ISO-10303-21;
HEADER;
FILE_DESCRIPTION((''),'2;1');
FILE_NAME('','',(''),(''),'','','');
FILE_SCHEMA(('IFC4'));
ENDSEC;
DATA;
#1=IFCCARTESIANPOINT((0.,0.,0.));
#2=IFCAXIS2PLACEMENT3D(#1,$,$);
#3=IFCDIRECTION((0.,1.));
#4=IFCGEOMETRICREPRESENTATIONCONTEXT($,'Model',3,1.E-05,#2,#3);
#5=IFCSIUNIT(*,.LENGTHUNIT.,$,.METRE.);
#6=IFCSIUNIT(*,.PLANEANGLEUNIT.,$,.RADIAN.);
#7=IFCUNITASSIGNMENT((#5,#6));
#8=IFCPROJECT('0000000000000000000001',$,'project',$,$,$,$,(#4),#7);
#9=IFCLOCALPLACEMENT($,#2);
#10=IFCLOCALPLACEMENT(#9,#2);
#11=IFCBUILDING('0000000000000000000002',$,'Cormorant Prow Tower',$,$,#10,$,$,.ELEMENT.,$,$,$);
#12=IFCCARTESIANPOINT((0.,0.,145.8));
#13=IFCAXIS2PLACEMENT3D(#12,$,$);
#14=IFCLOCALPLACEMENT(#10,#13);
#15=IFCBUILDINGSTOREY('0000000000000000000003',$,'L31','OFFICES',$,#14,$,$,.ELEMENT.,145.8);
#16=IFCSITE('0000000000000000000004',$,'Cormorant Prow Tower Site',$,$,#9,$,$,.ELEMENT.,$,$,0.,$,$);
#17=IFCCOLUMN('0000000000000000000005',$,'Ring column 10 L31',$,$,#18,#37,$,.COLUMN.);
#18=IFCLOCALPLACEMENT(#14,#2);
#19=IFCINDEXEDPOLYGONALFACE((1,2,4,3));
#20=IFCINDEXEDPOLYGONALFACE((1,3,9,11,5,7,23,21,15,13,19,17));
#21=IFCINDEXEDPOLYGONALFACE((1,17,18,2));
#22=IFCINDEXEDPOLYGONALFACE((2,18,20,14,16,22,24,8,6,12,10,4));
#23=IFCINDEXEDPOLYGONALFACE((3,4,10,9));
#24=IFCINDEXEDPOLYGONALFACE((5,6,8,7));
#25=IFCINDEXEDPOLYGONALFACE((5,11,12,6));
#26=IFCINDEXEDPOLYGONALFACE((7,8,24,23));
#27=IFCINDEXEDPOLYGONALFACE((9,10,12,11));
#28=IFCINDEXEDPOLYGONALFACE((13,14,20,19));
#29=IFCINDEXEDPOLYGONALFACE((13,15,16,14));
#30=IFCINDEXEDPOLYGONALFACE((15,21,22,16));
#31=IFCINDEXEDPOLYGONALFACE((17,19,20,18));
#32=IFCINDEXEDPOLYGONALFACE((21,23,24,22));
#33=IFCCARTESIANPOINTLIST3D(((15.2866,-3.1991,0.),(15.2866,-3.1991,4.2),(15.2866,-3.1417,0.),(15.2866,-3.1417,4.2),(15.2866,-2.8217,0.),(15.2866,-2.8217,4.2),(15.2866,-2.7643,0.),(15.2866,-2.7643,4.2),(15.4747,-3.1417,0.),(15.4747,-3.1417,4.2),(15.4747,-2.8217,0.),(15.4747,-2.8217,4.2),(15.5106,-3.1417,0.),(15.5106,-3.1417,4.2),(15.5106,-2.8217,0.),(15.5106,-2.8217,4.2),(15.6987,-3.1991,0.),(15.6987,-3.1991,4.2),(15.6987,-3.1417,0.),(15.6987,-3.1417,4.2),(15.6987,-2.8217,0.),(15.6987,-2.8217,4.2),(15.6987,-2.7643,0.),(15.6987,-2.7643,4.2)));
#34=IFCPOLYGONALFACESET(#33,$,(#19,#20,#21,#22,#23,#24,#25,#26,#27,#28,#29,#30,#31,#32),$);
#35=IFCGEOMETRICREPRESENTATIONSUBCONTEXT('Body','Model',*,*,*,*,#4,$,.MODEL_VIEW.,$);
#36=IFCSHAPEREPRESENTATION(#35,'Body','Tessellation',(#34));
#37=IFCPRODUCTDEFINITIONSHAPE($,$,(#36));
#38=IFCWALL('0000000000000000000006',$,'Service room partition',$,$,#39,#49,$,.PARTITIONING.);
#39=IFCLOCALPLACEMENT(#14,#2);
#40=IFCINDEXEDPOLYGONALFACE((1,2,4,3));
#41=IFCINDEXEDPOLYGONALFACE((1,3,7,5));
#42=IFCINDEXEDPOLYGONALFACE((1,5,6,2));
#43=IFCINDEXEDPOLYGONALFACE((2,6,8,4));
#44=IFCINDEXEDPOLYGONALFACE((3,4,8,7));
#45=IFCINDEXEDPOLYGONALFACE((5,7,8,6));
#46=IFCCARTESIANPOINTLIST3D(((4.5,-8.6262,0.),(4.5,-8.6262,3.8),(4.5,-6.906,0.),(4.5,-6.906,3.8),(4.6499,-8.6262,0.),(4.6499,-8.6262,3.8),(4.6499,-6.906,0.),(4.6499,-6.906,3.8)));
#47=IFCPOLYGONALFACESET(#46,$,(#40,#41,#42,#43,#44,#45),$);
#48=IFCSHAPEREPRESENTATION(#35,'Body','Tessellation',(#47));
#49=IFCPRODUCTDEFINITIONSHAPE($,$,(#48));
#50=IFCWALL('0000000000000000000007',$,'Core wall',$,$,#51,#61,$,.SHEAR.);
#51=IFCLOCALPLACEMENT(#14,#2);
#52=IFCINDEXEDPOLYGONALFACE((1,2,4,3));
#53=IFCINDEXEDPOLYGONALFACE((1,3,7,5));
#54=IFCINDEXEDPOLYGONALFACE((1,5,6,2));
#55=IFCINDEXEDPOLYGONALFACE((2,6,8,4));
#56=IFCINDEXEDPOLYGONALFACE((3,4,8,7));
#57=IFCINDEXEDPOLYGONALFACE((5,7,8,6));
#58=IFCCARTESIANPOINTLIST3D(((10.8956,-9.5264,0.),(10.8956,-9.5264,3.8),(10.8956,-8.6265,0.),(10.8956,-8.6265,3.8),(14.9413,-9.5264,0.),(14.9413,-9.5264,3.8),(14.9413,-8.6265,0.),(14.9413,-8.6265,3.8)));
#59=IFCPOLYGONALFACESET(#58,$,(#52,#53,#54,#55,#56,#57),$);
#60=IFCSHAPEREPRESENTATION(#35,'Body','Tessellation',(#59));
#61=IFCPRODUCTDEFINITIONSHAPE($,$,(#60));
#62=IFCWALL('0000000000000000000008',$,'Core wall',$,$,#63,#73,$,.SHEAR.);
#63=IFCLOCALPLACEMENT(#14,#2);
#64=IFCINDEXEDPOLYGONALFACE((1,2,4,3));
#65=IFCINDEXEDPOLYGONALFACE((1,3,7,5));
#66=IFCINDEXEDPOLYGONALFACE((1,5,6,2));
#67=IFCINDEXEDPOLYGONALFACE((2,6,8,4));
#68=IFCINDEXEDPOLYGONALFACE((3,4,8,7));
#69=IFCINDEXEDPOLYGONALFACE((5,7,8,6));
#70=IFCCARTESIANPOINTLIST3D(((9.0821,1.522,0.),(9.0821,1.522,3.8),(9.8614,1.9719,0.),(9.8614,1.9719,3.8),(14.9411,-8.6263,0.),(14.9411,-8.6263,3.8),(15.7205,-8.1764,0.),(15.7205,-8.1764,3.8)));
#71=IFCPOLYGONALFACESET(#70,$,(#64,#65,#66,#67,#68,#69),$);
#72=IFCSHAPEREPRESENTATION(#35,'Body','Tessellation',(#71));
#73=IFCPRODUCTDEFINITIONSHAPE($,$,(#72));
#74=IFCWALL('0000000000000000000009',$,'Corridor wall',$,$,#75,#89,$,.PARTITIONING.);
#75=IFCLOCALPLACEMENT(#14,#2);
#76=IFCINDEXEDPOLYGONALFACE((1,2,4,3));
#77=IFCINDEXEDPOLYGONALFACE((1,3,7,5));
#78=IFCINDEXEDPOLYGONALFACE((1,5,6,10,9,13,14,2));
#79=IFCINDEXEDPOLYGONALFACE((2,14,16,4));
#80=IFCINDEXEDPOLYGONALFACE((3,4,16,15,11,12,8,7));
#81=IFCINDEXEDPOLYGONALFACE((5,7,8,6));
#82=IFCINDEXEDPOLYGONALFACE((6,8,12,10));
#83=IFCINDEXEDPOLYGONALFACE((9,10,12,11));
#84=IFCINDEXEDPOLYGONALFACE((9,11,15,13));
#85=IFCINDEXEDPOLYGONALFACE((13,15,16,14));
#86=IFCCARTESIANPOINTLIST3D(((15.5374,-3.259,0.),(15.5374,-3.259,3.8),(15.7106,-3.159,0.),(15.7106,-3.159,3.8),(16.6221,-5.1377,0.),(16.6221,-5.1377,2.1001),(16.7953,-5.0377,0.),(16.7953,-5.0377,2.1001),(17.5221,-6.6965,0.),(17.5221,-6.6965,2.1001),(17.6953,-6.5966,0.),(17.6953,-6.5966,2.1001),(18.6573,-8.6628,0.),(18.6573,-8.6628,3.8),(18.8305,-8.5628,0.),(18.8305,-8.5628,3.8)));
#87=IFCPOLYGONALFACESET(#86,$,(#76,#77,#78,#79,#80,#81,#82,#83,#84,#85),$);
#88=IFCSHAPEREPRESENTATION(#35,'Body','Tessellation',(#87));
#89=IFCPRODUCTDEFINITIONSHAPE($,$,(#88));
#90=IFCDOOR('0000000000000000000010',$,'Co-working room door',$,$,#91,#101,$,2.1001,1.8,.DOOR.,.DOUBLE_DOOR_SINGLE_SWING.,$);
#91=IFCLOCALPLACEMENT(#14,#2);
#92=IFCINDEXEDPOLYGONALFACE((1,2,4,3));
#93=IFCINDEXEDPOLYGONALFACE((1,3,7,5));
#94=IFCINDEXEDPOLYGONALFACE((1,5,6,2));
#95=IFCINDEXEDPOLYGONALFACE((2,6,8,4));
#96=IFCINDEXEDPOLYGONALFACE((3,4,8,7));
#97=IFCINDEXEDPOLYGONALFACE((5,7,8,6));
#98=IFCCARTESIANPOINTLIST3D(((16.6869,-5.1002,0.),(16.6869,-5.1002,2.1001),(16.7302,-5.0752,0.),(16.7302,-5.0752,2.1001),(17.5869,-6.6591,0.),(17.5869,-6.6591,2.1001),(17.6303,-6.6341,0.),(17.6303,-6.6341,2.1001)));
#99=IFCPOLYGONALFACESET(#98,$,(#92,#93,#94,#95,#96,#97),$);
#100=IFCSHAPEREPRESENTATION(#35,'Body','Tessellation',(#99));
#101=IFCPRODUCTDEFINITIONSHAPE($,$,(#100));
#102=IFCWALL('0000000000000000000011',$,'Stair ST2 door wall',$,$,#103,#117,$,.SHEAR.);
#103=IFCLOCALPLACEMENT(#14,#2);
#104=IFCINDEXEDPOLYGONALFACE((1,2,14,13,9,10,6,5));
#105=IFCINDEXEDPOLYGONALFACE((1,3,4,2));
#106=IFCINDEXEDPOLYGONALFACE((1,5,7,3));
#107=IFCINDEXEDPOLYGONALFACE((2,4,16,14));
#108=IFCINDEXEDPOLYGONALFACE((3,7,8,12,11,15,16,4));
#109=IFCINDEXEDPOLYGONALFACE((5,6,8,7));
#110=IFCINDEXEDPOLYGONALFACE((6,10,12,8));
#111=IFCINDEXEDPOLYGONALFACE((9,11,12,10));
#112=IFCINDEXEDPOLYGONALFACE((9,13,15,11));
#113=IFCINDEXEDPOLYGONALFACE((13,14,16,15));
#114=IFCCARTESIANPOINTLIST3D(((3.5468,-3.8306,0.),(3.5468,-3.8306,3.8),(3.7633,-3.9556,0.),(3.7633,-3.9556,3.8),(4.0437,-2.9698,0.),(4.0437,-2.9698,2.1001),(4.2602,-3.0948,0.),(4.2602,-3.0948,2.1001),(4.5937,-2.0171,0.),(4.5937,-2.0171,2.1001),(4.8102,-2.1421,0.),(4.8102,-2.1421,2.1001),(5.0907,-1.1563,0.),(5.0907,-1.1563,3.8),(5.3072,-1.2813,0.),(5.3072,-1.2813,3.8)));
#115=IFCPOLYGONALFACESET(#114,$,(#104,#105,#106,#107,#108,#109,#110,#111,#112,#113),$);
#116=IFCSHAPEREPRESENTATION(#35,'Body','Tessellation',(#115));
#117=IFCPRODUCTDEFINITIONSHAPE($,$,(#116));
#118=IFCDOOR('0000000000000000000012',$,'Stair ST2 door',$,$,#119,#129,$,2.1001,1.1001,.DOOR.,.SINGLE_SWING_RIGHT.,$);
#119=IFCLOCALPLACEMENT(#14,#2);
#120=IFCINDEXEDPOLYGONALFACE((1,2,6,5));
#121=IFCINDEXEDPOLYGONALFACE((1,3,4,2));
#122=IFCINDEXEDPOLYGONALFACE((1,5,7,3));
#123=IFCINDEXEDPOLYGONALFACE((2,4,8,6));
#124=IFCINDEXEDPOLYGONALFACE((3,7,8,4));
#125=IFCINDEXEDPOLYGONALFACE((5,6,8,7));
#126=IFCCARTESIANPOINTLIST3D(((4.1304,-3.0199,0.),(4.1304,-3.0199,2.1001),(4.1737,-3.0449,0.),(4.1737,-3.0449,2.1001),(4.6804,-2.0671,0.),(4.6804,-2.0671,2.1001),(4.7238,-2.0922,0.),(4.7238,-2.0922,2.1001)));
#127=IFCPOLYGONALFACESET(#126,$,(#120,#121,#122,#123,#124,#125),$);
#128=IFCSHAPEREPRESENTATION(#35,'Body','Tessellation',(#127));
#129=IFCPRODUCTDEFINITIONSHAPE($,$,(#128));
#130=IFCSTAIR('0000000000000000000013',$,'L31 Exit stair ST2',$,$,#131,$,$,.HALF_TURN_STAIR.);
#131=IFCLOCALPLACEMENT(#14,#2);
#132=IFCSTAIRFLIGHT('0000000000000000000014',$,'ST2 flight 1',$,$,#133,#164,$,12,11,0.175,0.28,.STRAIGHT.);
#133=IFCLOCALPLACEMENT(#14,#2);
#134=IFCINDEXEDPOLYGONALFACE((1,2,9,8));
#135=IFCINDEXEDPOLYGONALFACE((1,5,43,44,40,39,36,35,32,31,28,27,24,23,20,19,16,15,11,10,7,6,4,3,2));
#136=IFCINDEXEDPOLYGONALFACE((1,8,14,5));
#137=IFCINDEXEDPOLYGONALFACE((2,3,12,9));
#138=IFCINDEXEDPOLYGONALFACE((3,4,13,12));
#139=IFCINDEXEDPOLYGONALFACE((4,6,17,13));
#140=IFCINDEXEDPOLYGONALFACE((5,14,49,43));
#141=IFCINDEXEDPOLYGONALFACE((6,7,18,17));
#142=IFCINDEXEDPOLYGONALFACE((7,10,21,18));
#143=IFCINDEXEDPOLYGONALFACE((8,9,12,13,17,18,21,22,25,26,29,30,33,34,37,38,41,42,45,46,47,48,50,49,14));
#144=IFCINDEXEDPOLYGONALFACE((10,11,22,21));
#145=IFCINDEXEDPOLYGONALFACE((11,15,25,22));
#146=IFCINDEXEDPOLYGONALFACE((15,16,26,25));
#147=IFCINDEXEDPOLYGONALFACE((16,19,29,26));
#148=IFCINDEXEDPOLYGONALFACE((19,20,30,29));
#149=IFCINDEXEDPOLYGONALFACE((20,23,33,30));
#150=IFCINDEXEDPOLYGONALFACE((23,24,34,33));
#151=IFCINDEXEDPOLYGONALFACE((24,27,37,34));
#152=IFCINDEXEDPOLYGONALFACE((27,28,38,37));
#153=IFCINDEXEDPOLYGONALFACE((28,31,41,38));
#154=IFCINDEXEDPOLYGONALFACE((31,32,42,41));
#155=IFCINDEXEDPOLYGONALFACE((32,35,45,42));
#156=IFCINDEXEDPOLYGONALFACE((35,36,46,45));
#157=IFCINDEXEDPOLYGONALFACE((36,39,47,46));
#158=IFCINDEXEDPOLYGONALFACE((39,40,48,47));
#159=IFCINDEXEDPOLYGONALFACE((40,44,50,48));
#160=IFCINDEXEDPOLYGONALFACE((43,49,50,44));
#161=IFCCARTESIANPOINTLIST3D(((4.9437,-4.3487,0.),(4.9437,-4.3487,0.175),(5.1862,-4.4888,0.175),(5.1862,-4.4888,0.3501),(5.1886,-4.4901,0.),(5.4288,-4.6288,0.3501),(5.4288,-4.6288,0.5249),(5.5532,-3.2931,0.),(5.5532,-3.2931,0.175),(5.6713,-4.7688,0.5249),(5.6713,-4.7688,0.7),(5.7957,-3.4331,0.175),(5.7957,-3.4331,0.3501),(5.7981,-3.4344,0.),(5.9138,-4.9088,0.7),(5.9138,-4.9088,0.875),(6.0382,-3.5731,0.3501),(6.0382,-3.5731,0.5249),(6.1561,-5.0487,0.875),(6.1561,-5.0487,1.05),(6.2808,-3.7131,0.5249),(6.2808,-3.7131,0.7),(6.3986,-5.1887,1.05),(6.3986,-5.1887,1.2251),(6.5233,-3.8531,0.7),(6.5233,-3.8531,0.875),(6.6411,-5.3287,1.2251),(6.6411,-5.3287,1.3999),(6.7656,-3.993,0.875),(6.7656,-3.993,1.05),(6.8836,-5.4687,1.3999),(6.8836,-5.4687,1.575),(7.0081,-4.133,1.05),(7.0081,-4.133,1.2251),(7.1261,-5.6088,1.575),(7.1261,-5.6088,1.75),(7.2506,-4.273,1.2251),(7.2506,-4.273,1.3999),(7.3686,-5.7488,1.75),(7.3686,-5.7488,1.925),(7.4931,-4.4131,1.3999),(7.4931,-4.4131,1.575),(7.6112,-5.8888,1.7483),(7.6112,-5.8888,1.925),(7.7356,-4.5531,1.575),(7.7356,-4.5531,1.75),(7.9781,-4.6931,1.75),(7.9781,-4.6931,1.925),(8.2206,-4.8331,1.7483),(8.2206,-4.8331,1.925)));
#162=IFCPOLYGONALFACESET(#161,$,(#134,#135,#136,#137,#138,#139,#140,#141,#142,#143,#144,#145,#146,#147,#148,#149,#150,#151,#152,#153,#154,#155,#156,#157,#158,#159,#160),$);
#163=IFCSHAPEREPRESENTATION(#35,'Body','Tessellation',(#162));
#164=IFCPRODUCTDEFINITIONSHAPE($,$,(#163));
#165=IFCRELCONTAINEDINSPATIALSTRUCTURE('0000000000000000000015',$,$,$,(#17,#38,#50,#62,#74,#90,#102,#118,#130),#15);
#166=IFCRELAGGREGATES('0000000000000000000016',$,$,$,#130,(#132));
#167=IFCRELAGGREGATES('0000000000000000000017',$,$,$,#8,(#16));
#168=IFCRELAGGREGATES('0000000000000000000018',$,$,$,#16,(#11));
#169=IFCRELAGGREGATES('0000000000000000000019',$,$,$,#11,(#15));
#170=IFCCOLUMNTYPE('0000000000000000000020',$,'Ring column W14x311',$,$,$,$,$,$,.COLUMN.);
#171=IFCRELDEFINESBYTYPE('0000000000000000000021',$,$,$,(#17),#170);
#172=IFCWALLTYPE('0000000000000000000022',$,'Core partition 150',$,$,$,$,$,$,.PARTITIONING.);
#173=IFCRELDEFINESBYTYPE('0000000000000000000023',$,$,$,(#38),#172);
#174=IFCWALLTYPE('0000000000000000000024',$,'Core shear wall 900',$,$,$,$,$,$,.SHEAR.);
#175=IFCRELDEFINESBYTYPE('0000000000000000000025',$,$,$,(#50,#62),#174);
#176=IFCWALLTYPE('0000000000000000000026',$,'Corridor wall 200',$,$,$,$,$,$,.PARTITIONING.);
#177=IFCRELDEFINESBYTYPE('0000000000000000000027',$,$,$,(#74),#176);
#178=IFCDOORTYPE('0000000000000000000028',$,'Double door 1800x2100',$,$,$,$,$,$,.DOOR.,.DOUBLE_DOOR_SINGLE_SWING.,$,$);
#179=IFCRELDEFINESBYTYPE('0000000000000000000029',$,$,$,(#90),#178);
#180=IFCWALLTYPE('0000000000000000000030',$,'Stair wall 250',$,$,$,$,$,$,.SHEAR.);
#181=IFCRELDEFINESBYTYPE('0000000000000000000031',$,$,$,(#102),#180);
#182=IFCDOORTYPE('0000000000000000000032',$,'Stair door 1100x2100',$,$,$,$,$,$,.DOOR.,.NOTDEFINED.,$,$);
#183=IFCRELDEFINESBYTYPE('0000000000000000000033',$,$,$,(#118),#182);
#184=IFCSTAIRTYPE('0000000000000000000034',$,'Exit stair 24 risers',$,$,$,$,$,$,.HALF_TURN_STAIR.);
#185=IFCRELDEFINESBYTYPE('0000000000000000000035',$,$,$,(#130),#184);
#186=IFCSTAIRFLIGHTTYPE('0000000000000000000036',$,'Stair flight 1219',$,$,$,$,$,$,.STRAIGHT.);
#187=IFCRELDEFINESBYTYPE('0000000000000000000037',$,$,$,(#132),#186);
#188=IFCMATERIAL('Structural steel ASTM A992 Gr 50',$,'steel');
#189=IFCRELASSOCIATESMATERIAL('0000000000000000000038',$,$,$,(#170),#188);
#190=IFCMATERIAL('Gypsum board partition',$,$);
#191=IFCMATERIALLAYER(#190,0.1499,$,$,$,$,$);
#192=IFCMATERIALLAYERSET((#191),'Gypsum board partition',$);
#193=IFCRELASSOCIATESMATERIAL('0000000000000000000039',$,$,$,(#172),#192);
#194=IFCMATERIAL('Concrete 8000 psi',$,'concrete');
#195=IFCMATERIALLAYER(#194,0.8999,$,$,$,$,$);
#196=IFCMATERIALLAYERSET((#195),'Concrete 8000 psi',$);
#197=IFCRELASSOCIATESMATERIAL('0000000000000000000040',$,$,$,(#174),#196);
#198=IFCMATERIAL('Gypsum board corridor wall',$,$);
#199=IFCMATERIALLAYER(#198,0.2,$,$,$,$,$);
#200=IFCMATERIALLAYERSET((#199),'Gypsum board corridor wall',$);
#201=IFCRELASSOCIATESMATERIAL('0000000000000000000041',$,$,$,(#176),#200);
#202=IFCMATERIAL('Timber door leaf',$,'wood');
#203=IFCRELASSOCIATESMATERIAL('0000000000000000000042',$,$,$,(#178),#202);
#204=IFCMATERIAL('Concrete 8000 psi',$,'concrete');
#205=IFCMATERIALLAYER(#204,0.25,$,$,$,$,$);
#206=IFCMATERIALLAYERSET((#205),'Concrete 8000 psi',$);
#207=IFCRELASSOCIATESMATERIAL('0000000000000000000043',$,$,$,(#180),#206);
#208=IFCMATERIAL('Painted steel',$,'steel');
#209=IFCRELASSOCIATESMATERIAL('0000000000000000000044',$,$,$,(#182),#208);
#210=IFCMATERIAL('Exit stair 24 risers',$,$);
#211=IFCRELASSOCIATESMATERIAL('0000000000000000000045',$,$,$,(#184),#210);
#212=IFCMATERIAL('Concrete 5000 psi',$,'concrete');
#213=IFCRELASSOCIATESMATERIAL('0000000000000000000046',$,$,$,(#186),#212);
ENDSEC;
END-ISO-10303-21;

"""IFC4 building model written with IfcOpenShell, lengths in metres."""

from ifc_helpers import new_model, si_unit, direction, frame, frame_2d, origin, origin_2d, place, context, subcontext, project, spatial, polyline, rectangle, i_section, outline, extrude, material, layer, layer_set, material_profile, profile_set, type_object, element, fill, aggregate, save


model = new_model("IFC4")

# Units and contexts
model_context = context("Model", 3, precision=1e-05, world=origin(), true_north=direction((0.0, 1.0)))
body_context = subcontext(model_context, "Body", "Model", "MODEL_VIEW")
ifc_project = project(units=[si_unit("LENGTHUNIT", "METRE"), si_unit("PLANEANGLEUNIT", "RADIAN")], contexts=[model_context])

# Site, building, storey
site_placement = place(None, origin())
site = spatial("IfcSite", under=ifc_project, at=site_placement, Name="Cormorant Prow Tower Site", CompositionType="ELEMENT", RefElevation=0.0)
building_placement = place(site_placement, origin())
building = spatial("IfcBuilding", under=site, at=building_placement, Name="Cormorant Prow Tower", CompositionType="ELEMENT")
storey_placement = place(building_placement, frame((0.0, 0.0, 145.8)))
storey = spatial("IfcBuildingStorey", under=building, at=storey_placement, Name="L31", Description="OFFICES", CompositionType="ELEMENT", Elevation=145.8)

# Column
ifc_material_1 = material(Name="Structural steel ASTM A992 Gr 50", Category="steel")
ifc_material_profile = material_profile(ifc_material_1, i_section(OverallWidth=0.4121, OverallDepth=0.4348, WebThickness=0.0359, FlangeThickness=0.0574, at=origin_2d()), Name="W14x311")
ifc_profile_set = profile_set([ifc_material_profile], Name="Structural steel ASTM A992 Gr 50")
column_type = type_object("IfcColumnType", Name="Ring column W14x311", PredefinedType="COLUMN", material=ifc_profile_set)
column_placement = place(storey_placement, frame((15.4927, -2.9817, 0.0), z_axis=(0.0, 0.0, 1.0), x_axis=(1.0, 0.0, 0.0)))
element("IfcColumn", 1, at=column_placement, inside=storey, type_object=column_type, Name="Ring column 10 L31", PredefinedType="COLUMN", context=body_context, shape_type="SweptSolid", body=[
    extrude(i_section(OverallWidth=0.4121, OverallDepth=0.4348, WebThickness=0.0359, FlangeThickness=0.0574, at=origin_2d()), origin(), (0.0, 0.0, 1.0), 4.2),
])

# Walls
ifc_material_2 = material(Name="Gypsum board partition")
ifc_layer_1 = layer(ifc_material_2, 0.1499)
ifc_layer_set_1 = layer_set([ifc_layer_1], Name="Gypsum board partition")
wall_type_1 = type_object("IfcWallType", Name="Core partition 150", PredefinedType="PARTITIONING", material=ifc_layer_set_1)
wall_1_placement = place(storey_placement, frame((4.575, -6.906, 0.0), z_axis=(0.0, 0.0, 1.0), x_axis=(0.0, -1.0, 0.0)))
element("IfcWall", 2, at=wall_1_placement, inside=storey, type_object=wall_type_1, Name="Service room partition", PredefinedType="PARTITIONING", context=body_context, shape_type="SweptSolid", body=[
    extrude(rectangle(XDim=1.7202, YDim=0.1499, at=frame_2d((0.8601, 0.0))), origin(), (0.0, 0.0, 1.0), 3.8),
])
ifc_material_3 = material(Name="Concrete 8000 psi", Category="concrete")
ifc_layer_2 = layer(ifc_material_3, 0.8999)
ifc_layer_set_2 = layer_set([ifc_layer_2], Name="Concrete 8000 psi")
wall_type_2 = type_object("IfcWallType", Name="Core shear wall 900", PredefinedType="SHEAR", material=ifc_layer_set_2)
wall_2_placement = place(storey_placement, frame((10.8955, -9.0764, 0.0), z_axis=(0.0, 0.0, 1.0), x_axis=(1.0, 0.0, 0.0)))
element("IfcWall", 3, at=wall_2_placement, inside=storey, type_object=wall_type_2, Name="Core wall", PredefinedType="SHEAR", context=body_context, shape_type="SweptSolid", body=[
    extrude(rectangle(XDim=4.0457, YDim=0.8999, at=frame_2d((2.0229, 0.0))), origin(), (0.0, 0.0, 1.0), 3.8),
])
wall_3_placement = place(storey_placement, frame((15.3308, -8.4014, 0.0), z_axis=(0.0, 0.0, 1.0), x_axis=(-0.499995, 0.866028, 0.0)))
element("IfcWall", 4, at=wall_3_placement, inside=storey, type_object=wall_type_2, Name="Core wall", PredefinedType="SHEAR", context=body_context, shape_type="SweptSolid", body=[
    extrude(rectangle(XDim=11.7183, YDim=0.8999, at=frame_2d((5.8591, 0.0))), origin(), (0.0, 0.0, 1.0), 3.8),
])

# Walls, openings, doors
ifc_material_4 = material(Name="Gypsum board corridor wall")
ifc_layer_3 = layer(ifc_material_4, 0.2)
ifc_layer_set_3 = layer_set([ifc_layer_3], Name="Gypsum board corridor wall")
wall_type_3 = type_object("IfcWallType", Name="Corridor wall 200", PredefinedType="PARTITIONING", material=ifc_layer_set_3)
wall_4_placement = place(storey_placement, frame((15.624, -3.209, 0.0), z_axis=(0.0, 0.0, 1.0), x_axis=(0.499998, -0.866027, 0.0)))
wall_4 = element("IfcWall", 5, at=wall_4_placement, inside=storey, type_object=wall_type_3, Name="Corridor wall", PredefinedType="PARTITIONING", context=body_context, shape_type="SweptSolid", body=[
    extrude(rectangle(XDim=6.2397, YDim=0.2, at=frame_2d((3.1199, 0.0))), origin(), (0.0, 0.0, 1.0), 3.8),
])
opening_1_placement = place(wall_4_placement, frame((2.1694, 0.0, 0.0)))
opening_1 = element("IfcOpeningElement", 6, at=opening_1_placement, cuts=wall_4, PredefinedType="OPENING", context=body_context, shape_type="SweptSolid", body=[
    extrude(rectangle(XDim=1.8, YDim=2.1001, at=frame_2d((0.8999, 1.05))), frame((0.0, 0.1099, 0.0), z_axis=(0.0, -1.0, 0.0), x_axis=(1.0, 0.0, 0.0)), (0.0, 0.0, 1.0), 0.22),
])
ifc_material_5 = material(Name="Timber door leaf", Category="wood")
door_type_1 = type_object("IfcDoorType", Name="Double door 1800x2100", OperationType="DOUBLE_DOOR_SINGLE_SWING", PredefinedType="DOOR", material=ifc_material_5)
door_1_placement = place(opening_1_placement, origin())
door_1 = element("IfcDoor", 7, at=door_1_placement, inside=storey, type_object=door_type_1, Name="Co-working room door", OperationType="DOUBLE_DOOR_SINGLE_SWING", OverallHeight=2.1001, OverallWidth=1.8, PredefinedType="DOOR", context=body_context, shape_type="SweptSolid", body=[
    extrude(rectangle(XDim=1.8, YDim=2.1001, at=frame_2d((0.8999, 1.05))), frame((0.0, 0.0249, 0.0), z_axis=(0.0, -1.0, 0.0), x_axis=(1.0, 0.0, 0.0)), (0.0, 0.0, 1.0), 0.05),
])
fill(opening_1, door_1)
ifc_material_6 = material(Name="Concrete 8000 psi", Category="concrete")
ifc_layer_4 = layer(ifc_material_6, 0.25)
ifc_layer_set_4 = layer_set([ifc_layer_4], Name="Concrete 8000 psi")
wall_type_4 = type_object("IfcWallType", Name="Stair wall 250", PredefinedType="SHEAR", material=ifc_layer_set_4)
wall_5_placement = place(storey_placement, frame((3.655, -3.8931, 0.0), z_axis=(0.0, 0.0, 1.0), x_axis=(0.499983, 0.866035, 0.0)))
wall_5 = element("IfcWall", 8, at=wall_5_placement, inside=storey, type_object=wall_type_4, Name="Stair ST2 door wall", PredefinedType="SHEAR", context=body_context, shape_type="SweptSolid", body=[
    extrude(rectangle(XDim=3.0879, YDim=0.25, at=frame_2d((1.5439, 0.0))), origin(), (0.0, 0.0, 1.0), 3.8),
])
opening_2_placement = place(wall_5_placement, frame((0.9939, 0.0, 0.0)))
opening_2 = element("IfcOpeningElement", 9, at=opening_2_placement, cuts=wall_5, PredefinedType="OPENING", context=body_context, shape_type="SweptSolid", body=[
    extrude(rectangle(XDim=1.1001, YDim=2.1001, at=frame_2d((0.55, 1.05))), frame((0.0, 0.135, 0.0), z_axis=(0.0, -1.0, 0.0), x_axis=(1.0, 0.0, 0.0)), (0.0, 0.0, 1.0), 0.27),
])
ifc_material_7 = material(Name="Painted steel", Category="steel")
door_type_2 = type_object("IfcDoorType", Name="Stair door 1100x2100", OperationType="NOTDEFINED", PredefinedType="DOOR", material=ifc_material_7)
door_2_placement = place(opening_2_placement, origin())
door_2 = element("IfcDoor", 10, at=door_2_placement, inside=storey, type_object=door_type_2, Name="Stair ST2 door", OperationType="SINGLE_SWING_RIGHT", OverallHeight=2.1001, OverallWidth=1.1001, PredefinedType="DOOR", context=body_context, shape_type="SweptSolid", body=[
    extrude(rectangle(XDim=1.1001, YDim=2.1001, at=frame_2d((0.55, 1.05))), frame((0.0, 0.0249, 0.0), z_axis=(0.0, -1.0, 0.0), x_axis=(1.0, 0.0, 0.0)), (0.0, 0.0, 1.0), 0.05),
])
fill(opening_2, door_2)

# Stair, stair flight
ifc_material_8 = material(Name="Exit stair 24 risers")
stair_type = type_object("IfcStairType", Name="Exit stair 24 risers", PredefinedType="HALF_TURN_STAIR", material=ifc_material_8)
stair_placement = place(storey_placement, origin())
stair = element("IfcStair", 11, at=stair_placement, inside=storey, type_object=stair_type, Name="L31 Exit stair ST2", PredefinedType="HALF_TURN_STAIR")
ifc_material_9 = material(Name="Concrete 5000 psi", Category="concrete")
stair_flight_type = type_object("IfcStairFlightType", Name="Stair flight 1219", PredefinedType="STRAIGHT", material=ifc_material_9)
stair_flight_1_placement = place(storey_placement, frame((5.2485, -3.8208, 0.0), z_axis=(0.0, 0.0, 1.0), x_axis=(0.866025, -0.5, 0.0)))
stair_flight_1 = element("IfcStairFlight", 12, at=stair_flight_1_placement, type_object=stair_flight_type, Name="ST2 flight 1", NumberOfRisers=12, NumberOfTreads=11, PredefinedType="STRAIGHT", RiserHeight=0.175, TreadLength=0.28, context=body_context, shape_type="SweptSolid", body=[
    extrude(outline(polyline([(0.0, 0.0), (0.0, 0.175), (0.28, 0.175), (0.28, 0.3501), (0.5601, 0.3501), (0.5601, 0.5249), (0.8401, 0.5249), (0.8401, 0.7), (1.1201, 0.7), (1.1201, 0.875), (1.3999, 0.875), (1.3999, 1.05), (1.6799, 1.05), (1.6799, 1.2251), (1.96, 1.2251), (1.96, 1.3999), (2.24, 1.3999), (2.24, 1.575), (2.52, 1.575), (2.52, 1.75), (2.8, 1.75), (2.8, 1.925), (3.0801, 1.925), (3.0801, 2.1001), (3.0801, 1.7483), (0.2827, 0.0), (0.0, 0.0)])), frame((0.0, 0.6094, 0.0), z_axis=(0.0, -1.0, 0.0), x_axis=(1.0, 0.0, 0.0)), (0.0, 0.0, 1.0), 1.219),
])
aggregate(stair, [stair_flight_1])

save(model, "model.ifc")
